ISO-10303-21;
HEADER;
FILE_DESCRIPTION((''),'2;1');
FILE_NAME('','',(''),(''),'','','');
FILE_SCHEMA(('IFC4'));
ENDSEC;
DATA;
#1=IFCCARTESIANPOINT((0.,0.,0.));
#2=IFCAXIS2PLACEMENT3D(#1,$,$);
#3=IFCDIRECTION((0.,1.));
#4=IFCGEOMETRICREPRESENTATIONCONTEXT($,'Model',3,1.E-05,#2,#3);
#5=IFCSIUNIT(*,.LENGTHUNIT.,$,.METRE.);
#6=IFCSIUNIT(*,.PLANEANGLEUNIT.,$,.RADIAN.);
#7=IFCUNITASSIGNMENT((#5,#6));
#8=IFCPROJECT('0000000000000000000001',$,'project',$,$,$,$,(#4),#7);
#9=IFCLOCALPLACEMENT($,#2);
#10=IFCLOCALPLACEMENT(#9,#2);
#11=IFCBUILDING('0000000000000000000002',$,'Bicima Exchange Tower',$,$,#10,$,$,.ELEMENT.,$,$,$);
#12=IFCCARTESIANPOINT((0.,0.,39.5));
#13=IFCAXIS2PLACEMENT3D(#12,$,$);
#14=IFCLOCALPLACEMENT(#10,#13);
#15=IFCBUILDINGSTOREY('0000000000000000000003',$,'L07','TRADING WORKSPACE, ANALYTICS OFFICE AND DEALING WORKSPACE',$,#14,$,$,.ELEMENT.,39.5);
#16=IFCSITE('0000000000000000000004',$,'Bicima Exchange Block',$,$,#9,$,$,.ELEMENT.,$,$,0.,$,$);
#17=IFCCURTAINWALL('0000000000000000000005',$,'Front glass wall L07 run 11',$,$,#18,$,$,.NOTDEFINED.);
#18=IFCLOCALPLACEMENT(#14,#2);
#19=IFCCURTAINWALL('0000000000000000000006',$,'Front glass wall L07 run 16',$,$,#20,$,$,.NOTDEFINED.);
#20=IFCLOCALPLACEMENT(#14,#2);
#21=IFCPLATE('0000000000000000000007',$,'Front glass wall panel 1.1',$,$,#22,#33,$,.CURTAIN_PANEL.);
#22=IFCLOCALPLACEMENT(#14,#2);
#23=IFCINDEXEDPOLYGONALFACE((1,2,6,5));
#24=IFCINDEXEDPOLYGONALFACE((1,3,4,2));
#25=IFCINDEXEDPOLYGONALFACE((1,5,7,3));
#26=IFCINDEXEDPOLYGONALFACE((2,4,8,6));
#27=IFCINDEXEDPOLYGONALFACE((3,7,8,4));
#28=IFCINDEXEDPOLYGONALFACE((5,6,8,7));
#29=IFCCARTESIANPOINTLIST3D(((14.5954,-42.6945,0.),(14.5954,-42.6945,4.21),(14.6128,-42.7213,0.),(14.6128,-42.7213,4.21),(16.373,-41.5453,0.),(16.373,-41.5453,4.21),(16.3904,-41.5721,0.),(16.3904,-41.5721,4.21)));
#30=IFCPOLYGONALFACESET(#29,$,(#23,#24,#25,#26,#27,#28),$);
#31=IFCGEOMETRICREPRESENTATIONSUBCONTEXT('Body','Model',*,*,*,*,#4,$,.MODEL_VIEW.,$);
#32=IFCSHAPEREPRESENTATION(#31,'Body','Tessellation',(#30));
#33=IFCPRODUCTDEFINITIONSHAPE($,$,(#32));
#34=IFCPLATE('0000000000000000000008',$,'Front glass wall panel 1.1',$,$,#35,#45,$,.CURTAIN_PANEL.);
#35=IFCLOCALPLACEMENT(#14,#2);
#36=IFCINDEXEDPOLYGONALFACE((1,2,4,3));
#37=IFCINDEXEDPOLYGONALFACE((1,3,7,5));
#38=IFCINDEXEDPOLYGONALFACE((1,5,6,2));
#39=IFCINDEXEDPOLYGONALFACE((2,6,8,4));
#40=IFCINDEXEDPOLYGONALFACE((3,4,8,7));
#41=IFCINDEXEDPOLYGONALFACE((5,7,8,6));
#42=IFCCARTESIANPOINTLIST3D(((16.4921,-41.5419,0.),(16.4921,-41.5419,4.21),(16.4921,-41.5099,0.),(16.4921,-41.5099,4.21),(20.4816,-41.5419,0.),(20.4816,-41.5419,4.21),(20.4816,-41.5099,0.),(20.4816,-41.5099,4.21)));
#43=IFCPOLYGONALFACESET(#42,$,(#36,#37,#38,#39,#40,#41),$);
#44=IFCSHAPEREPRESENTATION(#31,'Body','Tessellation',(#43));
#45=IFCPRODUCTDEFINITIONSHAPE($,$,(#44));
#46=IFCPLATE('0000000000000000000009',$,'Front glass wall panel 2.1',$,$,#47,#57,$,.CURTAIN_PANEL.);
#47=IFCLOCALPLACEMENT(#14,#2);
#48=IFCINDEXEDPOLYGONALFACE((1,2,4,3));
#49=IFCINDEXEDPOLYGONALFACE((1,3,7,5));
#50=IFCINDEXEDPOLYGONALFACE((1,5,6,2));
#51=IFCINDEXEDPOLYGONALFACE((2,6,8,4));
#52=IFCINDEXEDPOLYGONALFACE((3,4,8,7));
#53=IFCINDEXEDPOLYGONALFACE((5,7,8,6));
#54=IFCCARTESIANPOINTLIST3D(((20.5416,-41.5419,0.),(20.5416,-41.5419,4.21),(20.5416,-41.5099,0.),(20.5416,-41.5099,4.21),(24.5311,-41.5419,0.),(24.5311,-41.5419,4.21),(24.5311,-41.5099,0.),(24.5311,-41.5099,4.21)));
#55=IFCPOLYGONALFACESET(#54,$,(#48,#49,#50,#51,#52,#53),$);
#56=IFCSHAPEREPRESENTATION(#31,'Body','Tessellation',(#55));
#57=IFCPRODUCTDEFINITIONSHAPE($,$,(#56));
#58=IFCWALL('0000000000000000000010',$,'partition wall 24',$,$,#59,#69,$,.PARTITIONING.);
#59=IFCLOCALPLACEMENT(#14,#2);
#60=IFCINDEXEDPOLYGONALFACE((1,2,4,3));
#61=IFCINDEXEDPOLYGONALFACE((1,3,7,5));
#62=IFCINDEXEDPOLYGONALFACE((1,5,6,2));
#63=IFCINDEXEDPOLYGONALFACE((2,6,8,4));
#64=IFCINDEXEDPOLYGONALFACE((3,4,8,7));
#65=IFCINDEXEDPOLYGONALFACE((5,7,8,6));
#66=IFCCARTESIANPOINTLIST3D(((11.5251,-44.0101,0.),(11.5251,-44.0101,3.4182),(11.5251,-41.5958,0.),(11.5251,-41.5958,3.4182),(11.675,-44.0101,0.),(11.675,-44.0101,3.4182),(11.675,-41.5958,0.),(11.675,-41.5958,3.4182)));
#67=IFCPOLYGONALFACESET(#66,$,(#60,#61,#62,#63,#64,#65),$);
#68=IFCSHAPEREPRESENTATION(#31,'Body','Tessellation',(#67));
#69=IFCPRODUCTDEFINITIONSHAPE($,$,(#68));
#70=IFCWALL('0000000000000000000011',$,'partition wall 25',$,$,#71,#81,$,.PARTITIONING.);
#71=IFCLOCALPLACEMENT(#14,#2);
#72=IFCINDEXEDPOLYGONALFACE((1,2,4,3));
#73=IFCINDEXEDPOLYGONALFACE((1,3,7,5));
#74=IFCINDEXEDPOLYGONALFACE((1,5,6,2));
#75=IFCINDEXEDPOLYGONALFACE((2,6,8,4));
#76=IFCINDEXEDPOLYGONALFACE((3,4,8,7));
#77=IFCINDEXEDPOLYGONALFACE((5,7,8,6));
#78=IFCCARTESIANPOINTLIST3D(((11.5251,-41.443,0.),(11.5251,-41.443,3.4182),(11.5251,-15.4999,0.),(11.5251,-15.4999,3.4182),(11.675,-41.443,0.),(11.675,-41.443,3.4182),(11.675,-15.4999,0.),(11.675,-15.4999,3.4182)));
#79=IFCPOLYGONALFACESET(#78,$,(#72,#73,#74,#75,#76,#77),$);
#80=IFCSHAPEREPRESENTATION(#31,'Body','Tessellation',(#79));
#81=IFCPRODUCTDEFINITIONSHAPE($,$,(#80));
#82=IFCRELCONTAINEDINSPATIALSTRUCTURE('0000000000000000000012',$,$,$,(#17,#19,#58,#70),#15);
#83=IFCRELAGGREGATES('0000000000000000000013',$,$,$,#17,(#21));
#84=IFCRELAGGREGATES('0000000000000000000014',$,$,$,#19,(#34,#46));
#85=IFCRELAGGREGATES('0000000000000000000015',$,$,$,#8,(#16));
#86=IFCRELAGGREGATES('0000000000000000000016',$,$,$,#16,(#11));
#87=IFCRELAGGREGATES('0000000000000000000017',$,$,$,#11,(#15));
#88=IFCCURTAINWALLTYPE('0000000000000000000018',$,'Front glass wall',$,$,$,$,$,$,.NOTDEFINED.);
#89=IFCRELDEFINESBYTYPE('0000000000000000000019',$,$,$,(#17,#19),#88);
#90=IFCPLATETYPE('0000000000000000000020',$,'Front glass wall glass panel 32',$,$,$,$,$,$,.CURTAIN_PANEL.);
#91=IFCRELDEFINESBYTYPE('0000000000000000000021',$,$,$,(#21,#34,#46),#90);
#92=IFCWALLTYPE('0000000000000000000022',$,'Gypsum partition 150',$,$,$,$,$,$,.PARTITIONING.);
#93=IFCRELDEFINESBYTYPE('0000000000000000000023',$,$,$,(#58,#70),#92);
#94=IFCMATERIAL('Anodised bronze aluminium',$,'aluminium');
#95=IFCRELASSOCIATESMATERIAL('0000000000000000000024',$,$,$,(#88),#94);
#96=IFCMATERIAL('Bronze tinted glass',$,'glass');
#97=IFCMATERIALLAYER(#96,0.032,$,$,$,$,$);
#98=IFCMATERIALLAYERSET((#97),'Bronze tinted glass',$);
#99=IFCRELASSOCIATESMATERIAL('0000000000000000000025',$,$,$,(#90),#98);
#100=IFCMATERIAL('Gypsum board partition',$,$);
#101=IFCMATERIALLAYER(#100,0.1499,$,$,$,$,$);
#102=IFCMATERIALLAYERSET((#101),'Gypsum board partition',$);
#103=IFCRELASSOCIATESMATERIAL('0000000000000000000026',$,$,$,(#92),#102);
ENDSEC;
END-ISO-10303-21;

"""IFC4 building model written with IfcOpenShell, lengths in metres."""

from ifc_helpers import new_model, si_unit, direction, frame, frame_2d, origin, origin_2d, place, context, subcontext, project, spatial, rectangle, extrude, material, layer, layer_set, type_object, element, aggregate, save


model = new_model("IFC4")

# Units and contexts
model_context = context("Model", 3, precision=1e-05, world=origin(), true_north=direction((0.0, 1.0)))
body_context = subcontext(model_context, "Body", "Model", "MODEL_VIEW")
ifc_project = project(units=[si_unit("LENGTHUNIT", "METRE"), si_unit("PLANEANGLEUNIT", "RADIAN")], contexts=[model_context])

# Site, building, storey
site_placement = place(None, origin())
site = spatial("IfcSite", under=ifc_project, at=site_placement, Name="Bicima Exchange Block", CompositionType="ELEMENT", RefElevation=0.0)
building_placement = place(site_placement, origin())
building = spatial("IfcBuilding", under=site, at=building_placement, Name="Bicima Exchange Tower", CompositionType="ELEMENT")
storey_placement = place(building_placement, frame((0.0, 0.0, 39.5)))
storey = spatial("IfcBuildingStorey", under=building, at=storey_placement, Name="L07", Description="TRADING WORKSPACE, ANALYTICS OFFICE AND DEALING WORKSPACE", CompositionType="ELEMENT", Elevation=39.5)

# Curtain walls
ifc_material_1 = material(Name="Anodised bronze aluminium", Category="aluminium")
curtain_wall_type = type_object("IfcCurtainWallType", Name="Front glass wall", PredefinedType="NOTDEFINED", material=ifc_material_1)
curtain_wall_1_placement = place(storey_placement, origin())
curtain_wall_1 = element("IfcCurtainWall", 1, at=curtain_wall_1_placement, inside=storey, type_object=curtain_wall_type, Name="Front glass wall L07 run 11", PredefinedType="NOTDEFINED")
curtain_wall_2_placement = place(storey_placement, origin())
curtain_wall_2 = element("IfcCurtainWall", 2, at=curtain_wall_2_placement, inside=storey, type_object=curtain_wall_type, Name="Front glass wall L07 run 16", PredefinedType="NOTDEFINED")

# Plates
ifc_material_2 = material(Name="Bronze tinted glass", Category="glass")
ifc_layer_1 = layer(ifc_material_2, 0.032)
ifc_layer_set_1 = layer_set([ifc_layer_1], Name="Bronze tinted glass")
plate_type_1 = type_object("IfcPlateType", Name="Front glass wall glass panel 32", PredefinedType="CURTAIN_PANEL", material=ifc_layer_set_1)
plate_1_placement = place(storey_placement, frame((15.4929, -42.1333, 0.0), z_axis=(0.0, 0.0, 1.0), x_axis=(0.839791, 0.542909, 0.0)))
plate_1 = element("IfcPlate", 3, at=plate_1_placement, type_object=plate_type_1, Name="Front glass wall panel 1.1", PredefinedType="CURTAIN_PANEL", context=body_context, shape_type="SweptSolid", body=[
    extrude(rectangle(XDim=2.1167, YDim=0.032, at=origin_2d()), origin(), (0.0, 0.0, 1.0), 4.21),
])
aggregate(curtain_wall_1, [plate_1])
plate_2_placement = place(storey_placement, frame((18.4868, -41.5259, 0.0), z_axis=(0.0, 0.0, 1.0), x_axis=(1.0, 0.0, 0.0)))
plate_2 = element("IfcPlate", 4, at=plate_2_placement, type_object=plate_type_1, Name="Front glass wall panel 1.1", PredefinedType="CURTAIN_PANEL", context=body_context, shape_type="SweptSolid", body=[
    extrude(rectangle(XDim=3.9895, YDim=0.032, at=origin_2d()), origin(), (0.0, 0.0, 1.0), 4.21),
])
plate_3_placement = place(storey_placement, frame((22.5364, -41.5259, 0.0), z_axis=(0.0, 0.0, 1.0), x_axis=(1.0, 0.0, 0.0)))
plate_3 = element("IfcPlate", 5, at=plate_3_placement, type_object=plate_type_1, Name="Front glass wall panel 2.1", PredefinedType="CURTAIN_PANEL", context=body_context, shape_type="SweptSolid", body=[
    extrude(rectangle(XDim=3.9895, YDim=0.032, at=origin_2d()), origin(), (0.0, 0.0, 1.0), 4.21),
])
aggregate(curtain_wall_2, [plate_2, plate_3])

# Walls
ifc_material_3 = material(Name="Gypsum board partition")
ifc_layer_2 = layer(ifc_material_3, 0.1499)
ifc_layer_set_2 = layer_set([ifc_layer_2], Name="Gypsum board partition")
wall_type = type_object("IfcWallType", Name="Gypsum partition 150", PredefinedType="PARTITIONING", material=ifc_layer_set_2)
wall_1_placement = place(storey_placement, frame((11.6001, -44.01, 0.0), z_axis=(0.0, 0.0, 1.0), x_axis=(0.0, 1.0, 0.0)))
element("IfcWall", 6, at=wall_1_placement, inside=storey, type_object=wall_type, Name="partition wall 24", PredefinedType="PARTITIONING", context=body_context, shape_type="SweptSolid", body=[
    extrude(rectangle(XDim=2.4143, YDim=0.1499, at=frame_2d((1.207, 0.0))), origin(), (0.0, 0.0, 1.0), 3.4182),
])
wall_2_placement = place(storey_placement, frame((11.6001, -41.4431, 0.0), z_axis=(0.0, 0.0, 1.0), x_axis=(0.0, 1.0, 0.0)))
element("IfcWall", 7, at=wall_2_placement, inside=storey, type_object=wall_type, Name="partition wall 25", PredefinedType="PARTITIONING", context=body_context, shape_type="SweptSolid", body=[
    extrude(rectangle(XDim=25.9431, YDim=0.1499, at=frame_2d((12.9717, 0.0))), origin(), (0.0, 0.0, 1.0), 3.4182),
])

save(model, "model.ifc")
